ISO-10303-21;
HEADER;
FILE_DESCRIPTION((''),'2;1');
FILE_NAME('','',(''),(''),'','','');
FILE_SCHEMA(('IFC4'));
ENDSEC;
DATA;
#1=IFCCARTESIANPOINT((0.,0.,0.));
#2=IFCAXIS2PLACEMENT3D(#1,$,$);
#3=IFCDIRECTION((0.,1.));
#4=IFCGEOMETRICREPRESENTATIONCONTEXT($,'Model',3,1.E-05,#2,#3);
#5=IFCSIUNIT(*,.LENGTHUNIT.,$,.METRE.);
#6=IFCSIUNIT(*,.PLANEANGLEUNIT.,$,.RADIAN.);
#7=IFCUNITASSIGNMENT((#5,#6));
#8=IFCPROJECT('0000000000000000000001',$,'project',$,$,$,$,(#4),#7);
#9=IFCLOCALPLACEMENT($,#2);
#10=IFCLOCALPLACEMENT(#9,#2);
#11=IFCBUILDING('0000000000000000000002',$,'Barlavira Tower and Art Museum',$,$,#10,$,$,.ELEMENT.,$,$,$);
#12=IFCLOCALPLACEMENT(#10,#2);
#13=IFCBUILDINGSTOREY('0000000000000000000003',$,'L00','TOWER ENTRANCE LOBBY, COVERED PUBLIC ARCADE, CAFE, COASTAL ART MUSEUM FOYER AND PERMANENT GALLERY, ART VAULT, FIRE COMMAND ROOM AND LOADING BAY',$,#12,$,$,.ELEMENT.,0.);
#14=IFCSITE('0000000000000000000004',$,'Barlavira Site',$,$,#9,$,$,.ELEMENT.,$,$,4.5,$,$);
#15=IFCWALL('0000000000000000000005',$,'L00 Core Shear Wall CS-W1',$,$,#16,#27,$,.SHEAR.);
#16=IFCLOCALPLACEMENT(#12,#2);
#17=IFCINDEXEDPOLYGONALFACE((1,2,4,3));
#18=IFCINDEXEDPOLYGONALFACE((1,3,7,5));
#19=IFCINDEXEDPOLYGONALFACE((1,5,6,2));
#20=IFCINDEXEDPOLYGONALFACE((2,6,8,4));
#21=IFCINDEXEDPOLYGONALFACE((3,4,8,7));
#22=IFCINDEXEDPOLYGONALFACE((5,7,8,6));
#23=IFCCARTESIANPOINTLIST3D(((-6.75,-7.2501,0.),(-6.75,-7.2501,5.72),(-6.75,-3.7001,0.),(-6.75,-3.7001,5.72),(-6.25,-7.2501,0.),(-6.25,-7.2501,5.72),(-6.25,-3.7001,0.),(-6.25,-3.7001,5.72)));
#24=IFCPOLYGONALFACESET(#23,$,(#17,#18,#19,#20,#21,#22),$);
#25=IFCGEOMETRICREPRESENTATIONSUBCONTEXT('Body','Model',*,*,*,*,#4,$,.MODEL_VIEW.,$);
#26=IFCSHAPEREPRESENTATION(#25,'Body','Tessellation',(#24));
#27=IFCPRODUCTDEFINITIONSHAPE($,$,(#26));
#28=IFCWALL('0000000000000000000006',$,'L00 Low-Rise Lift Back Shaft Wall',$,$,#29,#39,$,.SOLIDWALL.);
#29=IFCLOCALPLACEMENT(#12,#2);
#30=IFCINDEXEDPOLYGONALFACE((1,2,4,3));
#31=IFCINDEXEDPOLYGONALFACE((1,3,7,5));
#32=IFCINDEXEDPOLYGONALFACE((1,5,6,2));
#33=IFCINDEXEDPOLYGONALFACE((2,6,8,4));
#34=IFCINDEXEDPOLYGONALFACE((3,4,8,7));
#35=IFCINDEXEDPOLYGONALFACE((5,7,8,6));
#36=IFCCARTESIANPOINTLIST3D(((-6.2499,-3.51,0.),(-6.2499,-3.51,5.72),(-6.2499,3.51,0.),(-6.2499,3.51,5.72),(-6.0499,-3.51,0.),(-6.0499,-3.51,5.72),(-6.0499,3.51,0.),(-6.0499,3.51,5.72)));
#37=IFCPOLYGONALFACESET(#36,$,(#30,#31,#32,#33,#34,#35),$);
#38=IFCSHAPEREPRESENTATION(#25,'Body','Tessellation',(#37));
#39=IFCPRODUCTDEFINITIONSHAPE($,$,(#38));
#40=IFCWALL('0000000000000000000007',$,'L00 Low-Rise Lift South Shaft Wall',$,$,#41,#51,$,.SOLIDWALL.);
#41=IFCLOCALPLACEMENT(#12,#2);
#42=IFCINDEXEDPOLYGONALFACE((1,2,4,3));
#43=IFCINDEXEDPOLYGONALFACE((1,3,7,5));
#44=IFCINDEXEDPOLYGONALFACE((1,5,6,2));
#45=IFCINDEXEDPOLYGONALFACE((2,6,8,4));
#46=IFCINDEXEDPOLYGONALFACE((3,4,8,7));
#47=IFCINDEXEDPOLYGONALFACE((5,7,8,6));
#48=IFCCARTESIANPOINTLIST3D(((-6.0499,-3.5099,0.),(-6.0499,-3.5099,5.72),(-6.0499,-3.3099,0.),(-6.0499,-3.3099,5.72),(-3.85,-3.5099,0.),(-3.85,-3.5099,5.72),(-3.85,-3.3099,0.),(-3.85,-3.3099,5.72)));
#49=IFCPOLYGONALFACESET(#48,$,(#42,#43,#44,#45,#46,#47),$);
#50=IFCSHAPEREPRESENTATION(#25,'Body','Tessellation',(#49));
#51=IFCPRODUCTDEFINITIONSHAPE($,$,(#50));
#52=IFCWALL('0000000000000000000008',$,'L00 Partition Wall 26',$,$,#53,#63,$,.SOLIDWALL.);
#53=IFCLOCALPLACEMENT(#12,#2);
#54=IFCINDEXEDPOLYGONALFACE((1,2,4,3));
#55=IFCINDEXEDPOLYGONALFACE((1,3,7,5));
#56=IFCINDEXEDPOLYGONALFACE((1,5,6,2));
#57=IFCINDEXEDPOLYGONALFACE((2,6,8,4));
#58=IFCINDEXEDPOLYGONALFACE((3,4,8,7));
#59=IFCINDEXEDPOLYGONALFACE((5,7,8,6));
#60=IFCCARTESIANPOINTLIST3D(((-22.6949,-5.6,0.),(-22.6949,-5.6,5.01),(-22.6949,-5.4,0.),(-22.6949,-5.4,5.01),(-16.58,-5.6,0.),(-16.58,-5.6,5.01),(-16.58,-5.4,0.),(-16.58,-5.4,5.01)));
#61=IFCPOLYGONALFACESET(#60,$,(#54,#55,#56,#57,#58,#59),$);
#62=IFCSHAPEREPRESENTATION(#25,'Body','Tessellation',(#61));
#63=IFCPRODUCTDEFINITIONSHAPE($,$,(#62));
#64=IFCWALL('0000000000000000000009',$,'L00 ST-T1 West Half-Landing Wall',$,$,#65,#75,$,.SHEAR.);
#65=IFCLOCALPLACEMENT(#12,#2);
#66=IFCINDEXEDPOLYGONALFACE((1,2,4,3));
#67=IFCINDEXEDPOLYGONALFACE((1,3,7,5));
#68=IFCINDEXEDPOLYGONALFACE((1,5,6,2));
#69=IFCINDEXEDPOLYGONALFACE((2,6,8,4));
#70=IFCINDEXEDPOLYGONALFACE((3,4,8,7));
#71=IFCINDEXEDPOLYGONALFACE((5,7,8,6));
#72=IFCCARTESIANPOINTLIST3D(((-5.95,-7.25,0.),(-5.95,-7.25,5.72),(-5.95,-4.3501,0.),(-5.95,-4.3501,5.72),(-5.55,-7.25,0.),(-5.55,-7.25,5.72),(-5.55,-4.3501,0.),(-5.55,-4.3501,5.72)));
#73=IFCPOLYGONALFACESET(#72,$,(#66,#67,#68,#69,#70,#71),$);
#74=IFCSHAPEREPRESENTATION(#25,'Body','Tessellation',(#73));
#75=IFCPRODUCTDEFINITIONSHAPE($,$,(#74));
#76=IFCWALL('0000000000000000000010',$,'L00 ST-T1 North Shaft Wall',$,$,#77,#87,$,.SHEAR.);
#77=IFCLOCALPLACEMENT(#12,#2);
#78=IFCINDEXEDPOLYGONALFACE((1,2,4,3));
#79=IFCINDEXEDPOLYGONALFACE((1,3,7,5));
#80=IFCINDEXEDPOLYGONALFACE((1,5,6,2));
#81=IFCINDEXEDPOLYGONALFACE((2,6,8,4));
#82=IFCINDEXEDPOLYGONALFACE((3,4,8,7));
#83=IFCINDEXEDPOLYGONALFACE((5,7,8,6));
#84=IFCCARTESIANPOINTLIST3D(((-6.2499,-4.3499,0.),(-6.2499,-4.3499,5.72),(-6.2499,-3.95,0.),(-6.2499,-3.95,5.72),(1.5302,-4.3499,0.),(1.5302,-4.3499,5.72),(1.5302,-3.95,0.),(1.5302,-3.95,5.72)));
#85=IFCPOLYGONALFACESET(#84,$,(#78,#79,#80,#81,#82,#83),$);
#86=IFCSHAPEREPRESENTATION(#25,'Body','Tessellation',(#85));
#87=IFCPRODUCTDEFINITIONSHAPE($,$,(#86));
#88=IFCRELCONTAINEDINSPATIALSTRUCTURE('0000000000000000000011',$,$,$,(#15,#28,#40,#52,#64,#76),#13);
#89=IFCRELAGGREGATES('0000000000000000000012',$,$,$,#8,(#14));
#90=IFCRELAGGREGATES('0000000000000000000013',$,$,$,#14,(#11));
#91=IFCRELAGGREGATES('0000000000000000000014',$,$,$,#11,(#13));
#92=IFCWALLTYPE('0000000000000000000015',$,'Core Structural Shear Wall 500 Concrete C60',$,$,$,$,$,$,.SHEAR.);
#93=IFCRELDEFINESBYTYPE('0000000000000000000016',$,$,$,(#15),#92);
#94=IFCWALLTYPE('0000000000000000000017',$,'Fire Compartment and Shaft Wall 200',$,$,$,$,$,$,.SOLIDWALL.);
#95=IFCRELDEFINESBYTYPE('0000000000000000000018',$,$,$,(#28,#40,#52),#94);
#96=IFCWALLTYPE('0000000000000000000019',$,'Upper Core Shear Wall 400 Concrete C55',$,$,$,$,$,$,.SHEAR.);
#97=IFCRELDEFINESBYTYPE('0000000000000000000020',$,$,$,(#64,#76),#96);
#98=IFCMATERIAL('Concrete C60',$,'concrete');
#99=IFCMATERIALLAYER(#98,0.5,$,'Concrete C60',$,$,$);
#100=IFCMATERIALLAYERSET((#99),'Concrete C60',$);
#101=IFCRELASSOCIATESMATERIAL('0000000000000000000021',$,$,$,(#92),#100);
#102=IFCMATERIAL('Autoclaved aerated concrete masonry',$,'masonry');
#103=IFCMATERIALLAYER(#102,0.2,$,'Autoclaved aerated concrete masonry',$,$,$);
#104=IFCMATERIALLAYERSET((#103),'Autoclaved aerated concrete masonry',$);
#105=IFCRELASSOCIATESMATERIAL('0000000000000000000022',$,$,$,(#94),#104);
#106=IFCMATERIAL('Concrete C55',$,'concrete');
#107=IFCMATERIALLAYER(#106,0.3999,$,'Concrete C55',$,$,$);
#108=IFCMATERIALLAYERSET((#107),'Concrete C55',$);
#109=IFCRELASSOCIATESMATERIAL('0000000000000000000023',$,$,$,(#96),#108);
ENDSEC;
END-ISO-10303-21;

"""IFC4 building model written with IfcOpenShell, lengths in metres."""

from ifc_helpers import new_model, si_unit, direction, frame, frame_2d, origin, place, context, subcontext, project, spatial, rectangle, extrude, material, layer, layer_set, type_object, element, save


model = new_model("IFC4")

# Units and contexts
model_context = context("Model", 3, precision=1e-05, world=origin(), true_north=direction((0.0, 1.0)))
body_context = subcontext(model_context, "Body", "Model", "MODEL_VIEW")
ifc_project = project(units=[si_unit("LENGTHUNIT", "METRE"), si_unit("PLANEANGLEUNIT", "RADIAN")], contexts=[model_context])

# Site, building, storey
site_placement = place(None, origin())
site = spatial("IfcSite", under=ifc_project, at=site_placement, Name="Barlavira Site", CompositionType="ELEMENT", RefElevation=4.5)
building_placement = place(site_placement, origin())
building = spatial("IfcBuilding", under=site, at=building_placement, Name="Barlavira Tower and Art Museum", CompositionType="ELEMENT")
storey_placement = place(building_placement, origin())
storey = spatial("IfcBuildingStorey", under=building, at=storey_placement, Name="L00", Description="TOWER ENTRANCE LOBBY, COVERED PUBLIC ARCADE, CAFE, COASTAL ART MUSEUM FOYER AND PERMANENT GALLERY, ART VAULT, FIRE COMMAND ROOM AND LOADING BAY", CompositionType="ELEMENT", Elevation=0.0)

# Walls
ifc_material_1 = material(Name="Concrete C60", Category="concrete")
ifc_layer_1 = layer(ifc_material_1, 0.5, Name="Concrete C60")
ifc_layer_set_1 = layer_set([ifc_layer_1], Name="Concrete C60")
wall_type_1 = type_object("IfcWallType", Name="Core Structural Shear Wall 500 Concrete C60", PredefinedType="SHEAR", material=ifc_layer_set_1)
wall_1_placement = place(storey_placement, frame((-6.5, -7.25, 0.0), z_axis=(0.0, 0.0, 1.0), x_axis=(0.0, 1.0, 0.0)))
element("IfcWall", 1, at=wall_1_placement, inside=storey, type_object=wall_type_1, Name="L00 Core Shear Wall CS-W1", PredefinedType="SHEAR", context=body_context, shape_type="SweptSolid", body=[
    extrude(rectangle(XDim=3.55, YDim=0.5, at=frame_2d((1.7749, 0.0))), origin(), (0.0, 0.0, 1.0), 5.72),
])
ifc_material_2 = material(Name="Autoclaved aerated concrete masonry", Category="masonry")
ifc_layer_2 = layer(ifc_material_2, 0.2, Name="Autoclaved aerated concrete masonry")
ifc_layer_set_2 = layer_set([ifc_layer_2], Name="Autoclaved aerated concrete masonry")
wall_type_2 = type_object("IfcWallType", Name="Fire Compartment and Shaft Wall 200", PredefinedType="SOLIDWALL", material=ifc_layer_set_2)
wall_2_placement = place(storey_placement, frame((-6.1499, -3.51, 0.0), z_axis=(0.0, 0.0, 1.0), x_axis=(0.0, 1.0, 0.0)))
element("IfcWall", 2, at=wall_2_placement, inside=storey, type_object=wall_type_2, Name="L00 Low-Rise Lift Back Shaft Wall", PredefinedType="SOLIDWALL", context=body_context, shape_type="SweptSolid", body=[
    extrude(rectangle(XDim=7.02, YDim=0.2, at=frame_2d((3.51, 0.0))), origin(), (0.0, 0.0, 1.0), 5.72),
])
wall_3_placement = place(storey_placement, frame((-6.05, -3.4099, 0.0), z_axis=(0.0, 0.0, 1.0), x_axis=(1.0, 0.0, 0.0)))
element("IfcWall", 3, at=wall_3_placement, inside=storey, type_object=wall_type_2, Name="L00 Low-Rise Lift South Shaft Wall", PredefinedType="SOLIDWALL", context=body_context, shape_type="SweptSolid", body=[
    extrude(rectangle(XDim=2.2, YDim=0.2, at=frame_2d((1.1001, 0.0))), origin(), (0.0, 0.0, 1.0), 5.72),
])
wall_4_placement = place(storey_placement, frame((-22.6951, -5.5, 0.0), z_axis=(0.0, 0.0, 1.0), x_axis=(1.0, 0.0, 0.0)))
element("IfcWall", 4, at=wall_4_placement, inside=storey, type_object=wall_type_2, Name="L00 Partition Wall 26", PredefinedType="SOLIDWALL", context=body_context, shape_type="SweptSolid", body=[
    extrude(rectangle(XDim=6.115, YDim=0.2, at=frame_2d((3.0576, 0.0))), origin(), (0.0, 0.0, 1.0), 5.01),
])
ifc_material_3 = material(Name="Concrete C55", Category="concrete")
ifc_layer_3 = layer(ifc_material_3, 0.3999, Name="Concrete C55")
ifc_layer_set_3 = layer_set([ifc_layer_3], Name="Concrete C55")
wall_type_3 = type_object("IfcWallType", Name="Upper Core Shear Wall 400 Concrete C55", PredefinedType="SHEAR", material=ifc_layer_set_3)
wall_5_placement = place(storey_placement, frame((-5.75, -7.25, 0.0), z_axis=(0.0, 0.0, 1.0), x_axis=(0.0, 1.0, 0.0)))
element("IfcWall", 5, at=wall_5_placement, inside=storey, type_object=wall_type_3, Name="L00 ST-T1 West Half-Landing Wall", PredefinedType="SHEAR", context=body_context, shape_type="SweptSolid", body=[
    extrude(rectangle(XDim=2.8999, YDim=0.3999, at=frame_2d((1.45, 0.0))), origin(), (0.0, 0.0, 1.0), 5.72),
])
wall_6_placement = place(storey_placement, frame((-6.25, -4.1499, 0.0), z_axis=(0.0, 0.0, 1.0), x_axis=(1.0, 0.0, 0.0)))
element("IfcWall", 6, at=wall_6_placement, inside=storey, type_object=wall_type_3, Name="L00 ST-T1 North Shaft Wall", PredefinedType="SHEAR", context=body_context, shape_type="SweptSolid", body=[
    extrude(rectangle(XDim=7.78, YDim=0.3999, at=frame_2d((3.8901, 0.0))), origin(), (0.0, 0.0, 1.0), 5.72),
])

save(model, "model.ifc")
